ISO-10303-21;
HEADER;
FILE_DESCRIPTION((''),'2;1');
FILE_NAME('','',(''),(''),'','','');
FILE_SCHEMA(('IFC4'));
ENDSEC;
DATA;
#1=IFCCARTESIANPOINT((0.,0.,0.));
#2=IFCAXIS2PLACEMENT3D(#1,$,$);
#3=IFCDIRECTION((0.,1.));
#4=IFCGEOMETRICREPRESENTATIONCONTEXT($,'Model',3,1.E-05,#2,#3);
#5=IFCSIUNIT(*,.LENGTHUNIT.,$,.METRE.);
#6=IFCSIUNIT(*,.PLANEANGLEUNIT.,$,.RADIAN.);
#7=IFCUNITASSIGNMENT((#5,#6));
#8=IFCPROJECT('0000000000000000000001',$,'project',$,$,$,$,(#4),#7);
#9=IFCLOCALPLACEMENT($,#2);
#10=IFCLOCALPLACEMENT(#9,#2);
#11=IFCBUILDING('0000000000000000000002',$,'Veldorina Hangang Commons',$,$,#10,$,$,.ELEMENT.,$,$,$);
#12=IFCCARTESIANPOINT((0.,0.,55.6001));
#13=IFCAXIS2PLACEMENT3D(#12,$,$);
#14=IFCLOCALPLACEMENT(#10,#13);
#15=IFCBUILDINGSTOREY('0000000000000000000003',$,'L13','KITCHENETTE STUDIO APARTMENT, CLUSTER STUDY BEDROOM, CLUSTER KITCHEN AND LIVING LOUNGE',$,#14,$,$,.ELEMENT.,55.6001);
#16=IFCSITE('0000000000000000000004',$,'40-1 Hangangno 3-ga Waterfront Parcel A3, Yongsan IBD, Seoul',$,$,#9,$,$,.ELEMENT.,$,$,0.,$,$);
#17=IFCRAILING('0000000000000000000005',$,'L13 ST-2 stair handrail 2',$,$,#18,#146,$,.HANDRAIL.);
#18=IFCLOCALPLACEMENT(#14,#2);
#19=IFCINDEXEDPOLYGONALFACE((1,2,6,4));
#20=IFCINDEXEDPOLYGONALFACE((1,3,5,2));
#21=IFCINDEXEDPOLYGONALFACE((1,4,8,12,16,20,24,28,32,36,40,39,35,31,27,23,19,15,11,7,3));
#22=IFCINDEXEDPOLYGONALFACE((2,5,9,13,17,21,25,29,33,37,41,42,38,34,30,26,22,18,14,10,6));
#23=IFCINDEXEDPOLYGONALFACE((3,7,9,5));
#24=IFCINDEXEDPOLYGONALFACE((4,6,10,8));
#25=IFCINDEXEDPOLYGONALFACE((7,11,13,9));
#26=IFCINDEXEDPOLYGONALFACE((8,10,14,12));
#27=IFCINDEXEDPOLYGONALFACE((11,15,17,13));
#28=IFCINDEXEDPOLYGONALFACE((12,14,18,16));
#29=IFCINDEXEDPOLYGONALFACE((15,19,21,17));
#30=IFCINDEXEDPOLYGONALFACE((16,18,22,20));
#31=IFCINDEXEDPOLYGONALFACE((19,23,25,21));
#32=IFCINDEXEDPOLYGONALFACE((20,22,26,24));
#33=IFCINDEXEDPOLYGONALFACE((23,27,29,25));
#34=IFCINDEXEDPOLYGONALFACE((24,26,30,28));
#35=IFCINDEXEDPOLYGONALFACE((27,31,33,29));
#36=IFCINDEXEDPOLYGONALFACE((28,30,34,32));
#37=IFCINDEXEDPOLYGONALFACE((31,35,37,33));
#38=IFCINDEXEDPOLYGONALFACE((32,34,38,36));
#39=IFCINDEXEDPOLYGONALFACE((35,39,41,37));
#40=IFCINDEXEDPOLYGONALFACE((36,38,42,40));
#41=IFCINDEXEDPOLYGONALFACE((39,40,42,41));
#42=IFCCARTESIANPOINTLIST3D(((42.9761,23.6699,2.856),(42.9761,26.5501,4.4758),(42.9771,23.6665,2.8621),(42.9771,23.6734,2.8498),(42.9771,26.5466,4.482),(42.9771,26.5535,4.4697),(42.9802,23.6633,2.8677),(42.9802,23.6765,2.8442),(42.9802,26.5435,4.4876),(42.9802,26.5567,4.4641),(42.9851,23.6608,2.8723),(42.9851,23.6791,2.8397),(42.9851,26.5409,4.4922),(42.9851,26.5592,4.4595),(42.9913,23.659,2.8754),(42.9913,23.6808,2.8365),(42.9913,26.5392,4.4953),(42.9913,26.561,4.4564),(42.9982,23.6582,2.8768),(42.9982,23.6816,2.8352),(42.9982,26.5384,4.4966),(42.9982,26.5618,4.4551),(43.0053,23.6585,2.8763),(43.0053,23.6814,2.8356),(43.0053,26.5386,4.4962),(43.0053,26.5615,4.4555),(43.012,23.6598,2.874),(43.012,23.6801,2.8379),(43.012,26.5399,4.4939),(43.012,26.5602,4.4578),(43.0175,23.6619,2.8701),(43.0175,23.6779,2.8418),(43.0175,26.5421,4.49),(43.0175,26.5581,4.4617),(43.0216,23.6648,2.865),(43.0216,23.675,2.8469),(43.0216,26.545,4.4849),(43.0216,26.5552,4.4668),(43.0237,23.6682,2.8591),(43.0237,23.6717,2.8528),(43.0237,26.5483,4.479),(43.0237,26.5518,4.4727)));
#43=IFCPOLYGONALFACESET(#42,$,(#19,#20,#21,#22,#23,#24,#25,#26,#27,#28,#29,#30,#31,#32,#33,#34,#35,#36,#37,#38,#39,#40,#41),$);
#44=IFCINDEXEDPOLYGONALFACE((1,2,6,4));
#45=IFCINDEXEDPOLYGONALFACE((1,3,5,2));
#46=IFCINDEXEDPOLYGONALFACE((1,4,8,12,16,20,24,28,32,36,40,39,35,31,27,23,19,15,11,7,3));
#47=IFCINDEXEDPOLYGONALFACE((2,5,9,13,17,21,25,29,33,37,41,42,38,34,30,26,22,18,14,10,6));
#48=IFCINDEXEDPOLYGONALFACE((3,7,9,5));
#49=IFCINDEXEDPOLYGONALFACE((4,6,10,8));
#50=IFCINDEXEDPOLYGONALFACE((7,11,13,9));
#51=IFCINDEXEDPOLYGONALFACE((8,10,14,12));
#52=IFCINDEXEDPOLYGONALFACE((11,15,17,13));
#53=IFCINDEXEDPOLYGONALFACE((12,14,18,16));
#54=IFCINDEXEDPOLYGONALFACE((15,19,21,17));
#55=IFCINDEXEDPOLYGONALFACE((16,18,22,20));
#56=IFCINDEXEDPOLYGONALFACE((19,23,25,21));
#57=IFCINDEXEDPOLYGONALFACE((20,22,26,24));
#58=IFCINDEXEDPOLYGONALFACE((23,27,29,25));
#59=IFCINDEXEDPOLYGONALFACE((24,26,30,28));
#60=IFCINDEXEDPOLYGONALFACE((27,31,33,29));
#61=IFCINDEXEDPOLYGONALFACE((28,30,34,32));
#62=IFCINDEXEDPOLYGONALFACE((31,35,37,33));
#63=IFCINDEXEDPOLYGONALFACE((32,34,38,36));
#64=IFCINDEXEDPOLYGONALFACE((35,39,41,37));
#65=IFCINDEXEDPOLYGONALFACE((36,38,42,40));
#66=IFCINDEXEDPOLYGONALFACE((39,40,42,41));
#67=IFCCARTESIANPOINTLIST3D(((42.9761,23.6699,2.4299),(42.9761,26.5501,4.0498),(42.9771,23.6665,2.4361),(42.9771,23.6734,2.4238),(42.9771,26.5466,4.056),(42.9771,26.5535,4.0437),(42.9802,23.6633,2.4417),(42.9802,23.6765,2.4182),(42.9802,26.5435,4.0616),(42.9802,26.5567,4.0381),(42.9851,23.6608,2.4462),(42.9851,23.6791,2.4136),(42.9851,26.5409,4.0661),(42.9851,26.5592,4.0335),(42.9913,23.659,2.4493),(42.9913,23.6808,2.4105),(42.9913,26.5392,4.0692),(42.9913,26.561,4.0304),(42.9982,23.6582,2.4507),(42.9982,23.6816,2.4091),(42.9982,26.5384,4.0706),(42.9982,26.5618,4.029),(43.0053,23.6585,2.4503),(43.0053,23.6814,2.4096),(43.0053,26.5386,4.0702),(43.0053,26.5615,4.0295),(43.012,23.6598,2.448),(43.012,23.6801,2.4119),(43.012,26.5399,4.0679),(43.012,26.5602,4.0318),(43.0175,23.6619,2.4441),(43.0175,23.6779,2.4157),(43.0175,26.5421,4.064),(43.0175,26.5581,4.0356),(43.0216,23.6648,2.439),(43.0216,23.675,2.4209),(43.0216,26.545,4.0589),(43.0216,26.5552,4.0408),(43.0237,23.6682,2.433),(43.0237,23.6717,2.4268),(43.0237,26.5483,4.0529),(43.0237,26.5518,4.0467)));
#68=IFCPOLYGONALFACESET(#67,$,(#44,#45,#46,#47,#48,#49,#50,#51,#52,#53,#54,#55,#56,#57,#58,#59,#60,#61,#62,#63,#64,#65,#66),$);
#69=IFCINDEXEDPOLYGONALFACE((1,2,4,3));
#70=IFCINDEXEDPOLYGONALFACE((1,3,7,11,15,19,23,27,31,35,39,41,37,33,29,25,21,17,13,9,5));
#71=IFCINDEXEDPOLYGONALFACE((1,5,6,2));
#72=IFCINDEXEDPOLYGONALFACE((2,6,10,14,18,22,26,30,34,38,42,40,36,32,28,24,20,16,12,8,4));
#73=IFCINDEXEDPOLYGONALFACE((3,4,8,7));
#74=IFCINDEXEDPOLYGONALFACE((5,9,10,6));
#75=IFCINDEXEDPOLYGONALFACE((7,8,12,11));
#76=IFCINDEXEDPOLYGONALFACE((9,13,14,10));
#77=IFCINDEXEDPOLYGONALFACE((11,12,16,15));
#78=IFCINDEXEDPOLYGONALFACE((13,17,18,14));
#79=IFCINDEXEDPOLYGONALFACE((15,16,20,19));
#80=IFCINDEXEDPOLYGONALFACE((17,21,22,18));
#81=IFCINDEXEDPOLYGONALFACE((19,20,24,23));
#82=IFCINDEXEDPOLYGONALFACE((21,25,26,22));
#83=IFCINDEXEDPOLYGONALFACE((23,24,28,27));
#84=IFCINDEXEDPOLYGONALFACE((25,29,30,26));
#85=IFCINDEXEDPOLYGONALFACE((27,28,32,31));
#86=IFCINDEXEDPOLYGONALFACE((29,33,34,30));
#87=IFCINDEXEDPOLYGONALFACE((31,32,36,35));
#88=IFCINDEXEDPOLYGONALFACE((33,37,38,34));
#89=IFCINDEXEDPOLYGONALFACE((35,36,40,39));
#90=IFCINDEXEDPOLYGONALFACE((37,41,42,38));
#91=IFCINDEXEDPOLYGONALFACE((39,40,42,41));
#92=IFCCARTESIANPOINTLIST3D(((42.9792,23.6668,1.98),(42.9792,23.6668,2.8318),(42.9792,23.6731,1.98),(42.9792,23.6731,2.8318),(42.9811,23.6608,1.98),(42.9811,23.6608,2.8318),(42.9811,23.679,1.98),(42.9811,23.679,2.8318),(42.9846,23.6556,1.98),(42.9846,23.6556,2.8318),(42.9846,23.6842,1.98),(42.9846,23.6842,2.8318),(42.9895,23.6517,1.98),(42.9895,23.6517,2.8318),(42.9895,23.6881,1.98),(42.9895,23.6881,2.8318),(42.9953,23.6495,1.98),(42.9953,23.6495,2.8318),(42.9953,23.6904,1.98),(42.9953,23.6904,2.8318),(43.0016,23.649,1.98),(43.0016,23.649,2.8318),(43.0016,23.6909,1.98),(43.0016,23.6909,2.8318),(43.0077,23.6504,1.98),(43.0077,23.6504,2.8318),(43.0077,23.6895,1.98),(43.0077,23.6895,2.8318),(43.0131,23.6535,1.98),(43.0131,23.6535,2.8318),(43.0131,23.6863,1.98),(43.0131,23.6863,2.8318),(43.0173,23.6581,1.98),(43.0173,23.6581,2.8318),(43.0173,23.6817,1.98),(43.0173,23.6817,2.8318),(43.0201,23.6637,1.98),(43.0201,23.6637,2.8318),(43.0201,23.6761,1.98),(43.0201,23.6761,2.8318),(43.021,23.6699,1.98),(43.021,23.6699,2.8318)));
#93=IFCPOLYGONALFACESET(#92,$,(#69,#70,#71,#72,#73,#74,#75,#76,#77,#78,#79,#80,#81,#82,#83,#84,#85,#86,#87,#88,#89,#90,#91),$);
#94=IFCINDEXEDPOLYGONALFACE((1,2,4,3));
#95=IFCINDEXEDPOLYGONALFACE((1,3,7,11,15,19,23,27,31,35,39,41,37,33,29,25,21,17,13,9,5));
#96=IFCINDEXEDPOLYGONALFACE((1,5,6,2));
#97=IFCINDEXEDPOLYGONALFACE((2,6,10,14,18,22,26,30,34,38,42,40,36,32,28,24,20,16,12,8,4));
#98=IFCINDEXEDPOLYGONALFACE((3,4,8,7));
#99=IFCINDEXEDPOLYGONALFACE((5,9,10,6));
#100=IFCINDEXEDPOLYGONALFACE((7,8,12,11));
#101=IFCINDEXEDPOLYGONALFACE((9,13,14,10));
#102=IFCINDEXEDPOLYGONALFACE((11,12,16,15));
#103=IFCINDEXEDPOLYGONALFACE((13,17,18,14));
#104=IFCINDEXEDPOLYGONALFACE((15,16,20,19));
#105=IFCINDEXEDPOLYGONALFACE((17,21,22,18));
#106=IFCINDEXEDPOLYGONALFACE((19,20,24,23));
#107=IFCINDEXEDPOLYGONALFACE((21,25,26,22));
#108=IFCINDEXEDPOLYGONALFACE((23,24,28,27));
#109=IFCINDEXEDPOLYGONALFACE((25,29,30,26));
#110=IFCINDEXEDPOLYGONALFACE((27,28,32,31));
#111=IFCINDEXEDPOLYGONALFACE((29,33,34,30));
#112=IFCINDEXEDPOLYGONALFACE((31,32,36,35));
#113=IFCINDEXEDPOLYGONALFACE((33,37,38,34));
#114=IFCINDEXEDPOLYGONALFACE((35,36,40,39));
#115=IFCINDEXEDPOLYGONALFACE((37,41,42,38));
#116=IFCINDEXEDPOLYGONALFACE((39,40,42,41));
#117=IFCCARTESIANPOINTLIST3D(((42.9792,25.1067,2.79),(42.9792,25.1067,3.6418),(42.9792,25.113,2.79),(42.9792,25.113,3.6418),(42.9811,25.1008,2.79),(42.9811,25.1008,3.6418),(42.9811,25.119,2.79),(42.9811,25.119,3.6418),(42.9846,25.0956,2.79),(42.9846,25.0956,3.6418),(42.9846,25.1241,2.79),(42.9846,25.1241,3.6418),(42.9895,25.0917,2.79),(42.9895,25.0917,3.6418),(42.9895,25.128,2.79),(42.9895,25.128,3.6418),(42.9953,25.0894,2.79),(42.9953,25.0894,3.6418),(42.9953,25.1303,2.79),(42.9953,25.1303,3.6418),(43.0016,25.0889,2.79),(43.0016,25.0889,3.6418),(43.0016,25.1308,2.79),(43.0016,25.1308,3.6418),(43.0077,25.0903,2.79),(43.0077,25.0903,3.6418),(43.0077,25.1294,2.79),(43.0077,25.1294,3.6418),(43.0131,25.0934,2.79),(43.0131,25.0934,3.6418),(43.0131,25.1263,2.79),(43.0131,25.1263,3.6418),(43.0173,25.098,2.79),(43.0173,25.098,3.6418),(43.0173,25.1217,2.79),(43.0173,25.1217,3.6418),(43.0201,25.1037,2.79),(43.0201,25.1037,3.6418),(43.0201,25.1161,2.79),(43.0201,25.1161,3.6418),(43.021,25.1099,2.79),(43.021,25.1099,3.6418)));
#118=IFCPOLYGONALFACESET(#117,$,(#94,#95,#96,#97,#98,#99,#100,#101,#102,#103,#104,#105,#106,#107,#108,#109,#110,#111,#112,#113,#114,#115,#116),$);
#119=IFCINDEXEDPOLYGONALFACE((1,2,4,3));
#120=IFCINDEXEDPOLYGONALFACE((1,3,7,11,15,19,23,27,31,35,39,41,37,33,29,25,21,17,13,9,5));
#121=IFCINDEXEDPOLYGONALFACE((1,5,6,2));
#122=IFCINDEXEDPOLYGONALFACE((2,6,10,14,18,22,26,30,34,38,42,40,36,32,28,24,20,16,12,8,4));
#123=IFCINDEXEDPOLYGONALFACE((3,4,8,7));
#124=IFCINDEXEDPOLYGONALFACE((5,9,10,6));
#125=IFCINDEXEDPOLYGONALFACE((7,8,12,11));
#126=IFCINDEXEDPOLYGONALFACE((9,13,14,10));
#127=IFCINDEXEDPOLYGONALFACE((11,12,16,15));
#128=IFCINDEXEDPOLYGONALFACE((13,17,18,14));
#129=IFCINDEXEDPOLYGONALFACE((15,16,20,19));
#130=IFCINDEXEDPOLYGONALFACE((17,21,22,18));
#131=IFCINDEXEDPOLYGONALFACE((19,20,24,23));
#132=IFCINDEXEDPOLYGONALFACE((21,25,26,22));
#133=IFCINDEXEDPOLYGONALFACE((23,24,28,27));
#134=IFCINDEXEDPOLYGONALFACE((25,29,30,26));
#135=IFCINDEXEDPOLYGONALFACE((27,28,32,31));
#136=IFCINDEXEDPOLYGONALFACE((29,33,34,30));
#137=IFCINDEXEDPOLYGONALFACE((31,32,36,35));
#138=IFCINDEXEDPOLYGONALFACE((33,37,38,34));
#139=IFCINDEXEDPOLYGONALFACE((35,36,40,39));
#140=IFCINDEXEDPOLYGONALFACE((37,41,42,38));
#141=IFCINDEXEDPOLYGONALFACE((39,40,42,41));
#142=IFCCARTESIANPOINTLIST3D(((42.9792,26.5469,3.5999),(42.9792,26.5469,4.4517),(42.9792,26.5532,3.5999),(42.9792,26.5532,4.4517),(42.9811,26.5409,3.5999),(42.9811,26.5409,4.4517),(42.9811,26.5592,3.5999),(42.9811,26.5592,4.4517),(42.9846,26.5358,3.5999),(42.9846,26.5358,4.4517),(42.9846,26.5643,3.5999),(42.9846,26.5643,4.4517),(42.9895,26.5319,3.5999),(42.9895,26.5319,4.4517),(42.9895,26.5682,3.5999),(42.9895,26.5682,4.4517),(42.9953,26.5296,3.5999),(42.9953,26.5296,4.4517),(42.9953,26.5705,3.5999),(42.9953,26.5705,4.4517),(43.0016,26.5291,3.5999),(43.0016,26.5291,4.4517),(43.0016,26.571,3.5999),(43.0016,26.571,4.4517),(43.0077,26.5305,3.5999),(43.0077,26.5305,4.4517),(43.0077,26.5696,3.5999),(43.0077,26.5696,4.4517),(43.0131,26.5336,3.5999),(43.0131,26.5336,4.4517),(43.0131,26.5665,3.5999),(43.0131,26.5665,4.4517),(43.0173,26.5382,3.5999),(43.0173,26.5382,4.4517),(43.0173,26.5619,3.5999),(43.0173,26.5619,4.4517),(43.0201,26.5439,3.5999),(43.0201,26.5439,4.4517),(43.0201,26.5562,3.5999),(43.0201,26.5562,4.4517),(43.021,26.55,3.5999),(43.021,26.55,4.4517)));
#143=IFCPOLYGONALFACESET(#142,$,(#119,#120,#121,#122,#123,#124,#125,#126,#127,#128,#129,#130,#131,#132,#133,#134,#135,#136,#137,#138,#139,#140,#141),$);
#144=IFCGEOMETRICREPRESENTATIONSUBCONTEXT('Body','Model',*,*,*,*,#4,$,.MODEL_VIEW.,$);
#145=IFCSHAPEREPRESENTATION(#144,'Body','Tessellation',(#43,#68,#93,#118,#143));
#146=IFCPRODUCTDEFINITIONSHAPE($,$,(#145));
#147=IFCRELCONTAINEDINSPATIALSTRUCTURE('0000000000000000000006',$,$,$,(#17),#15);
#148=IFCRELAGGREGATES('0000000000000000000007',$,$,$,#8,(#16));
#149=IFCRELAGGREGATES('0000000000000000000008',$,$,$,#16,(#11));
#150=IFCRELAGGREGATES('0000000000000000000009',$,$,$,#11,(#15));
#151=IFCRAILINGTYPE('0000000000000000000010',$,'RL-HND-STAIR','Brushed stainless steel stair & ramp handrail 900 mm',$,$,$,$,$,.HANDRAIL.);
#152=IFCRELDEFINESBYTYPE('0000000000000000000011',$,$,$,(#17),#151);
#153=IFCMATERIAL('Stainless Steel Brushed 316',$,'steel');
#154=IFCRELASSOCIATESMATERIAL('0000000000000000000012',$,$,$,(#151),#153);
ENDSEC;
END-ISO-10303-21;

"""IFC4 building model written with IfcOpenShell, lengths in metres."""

from ifc_helpers import new_model, si_unit, direction, frame, origin, origin_2d, place, context, subcontext, project, spatial, circle, extrude, material, type_object, element, save


model = new_model("IFC4")

# Units and contexts
model_context = context("Model", 3, precision=1e-05, world=origin(), true_north=direction((0.0, 1.0)))
body_context = subcontext(model_context, "Body", "Model", "MODEL_VIEW")
ifc_project = project(units=[si_unit("LENGTHUNIT", "METRE"), si_unit("PLANEANGLEUNIT", "RADIAN")], contexts=[model_context])

# Site, building, storey
site_placement = place(None, origin())
site = spatial("IfcSite", under=ifc_project, at=site_placement, Name="40-1 Hangangno 3-ga Waterfront Parcel A3, Yongsan IBD, Seoul", CompositionType="ELEMENT", RefElevation=0.0)
building_placement = place(site_placement, origin())
building = spatial("IfcBuilding", under=site, at=building_placement, Name="Veldorina Hangang Commons", CompositionType="ELEMENT")
storey_placement = place(building_placement, frame((0.0, 0.0, 55.6001)))
storey = spatial("IfcBuildingStorey", under=building, at=storey_placement, Name="L13", Description="KITCHENETTE STUDIO APARTMENT, CLUSTER STUDY BEDROOM, CLUSTER KITCHEN AND LIVING LOUNGE", CompositionType="ELEMENT", Elevation=55.6001)

# Railing
ifc_material_1 = material(Name="Stainless Steel Brushed 316", Category="steel")
railing_type_1 = type_object("IfcRailingType", Name="RL-HND-STAIR", Description="Brushed stainless steel stair & ramp handrail 900 mm", PredefinedType="HANDRAIL", material=ifc_material_1)
railing_1_placement = place(storey_placement, frame((43.0, 23.6699, 1.98)))
element("IfcRailing", 1, at=railing_1_placement, inside=storey, type_object=railing_type_1, Name="L13 ST-2 stair handrail 2", PredefinedType="HANDRAIL", context=body_context, shape_type="SweptSolid", body=[
    extrude(circle(Radius=0.0239, at=origin_2d()), frame((0.0, 0.0, 0.876), z_axis=(0.0, 0.871601, 0.490216), x_axis=(-1.0, 0.0, 0.0)), (0.0, 0.0, 1.0), 3.3044),
    extrude(circle(Radius=0.0239, at=origin_2d()), frame((0.0, 0.0, 0.45), z_axis=(0.0, 0.871601, 0.490216), x_axis=(-1.0, 0.0, 0.0)), (0.0, 0.0, 1.0), 3.3044),
    extrude(circle(Radius=0.021, at=origin_2d()), origin(), (0.0, 0.0, 1.0), 0.8518),
    extrude(circle(Radius=0.021, at=origin_2d()), frame((0.0, 1.4399, 0.8101)), (0.0, 0.0, 1.0), 0.8518),
    extrude(circle(Radius=0.021, at=origin_2d()), frame((0.0, 2.8801, 1.6199)), (0.0, 0.0, 1.0), 0.8518),
])

save(model, "model.ifc")
